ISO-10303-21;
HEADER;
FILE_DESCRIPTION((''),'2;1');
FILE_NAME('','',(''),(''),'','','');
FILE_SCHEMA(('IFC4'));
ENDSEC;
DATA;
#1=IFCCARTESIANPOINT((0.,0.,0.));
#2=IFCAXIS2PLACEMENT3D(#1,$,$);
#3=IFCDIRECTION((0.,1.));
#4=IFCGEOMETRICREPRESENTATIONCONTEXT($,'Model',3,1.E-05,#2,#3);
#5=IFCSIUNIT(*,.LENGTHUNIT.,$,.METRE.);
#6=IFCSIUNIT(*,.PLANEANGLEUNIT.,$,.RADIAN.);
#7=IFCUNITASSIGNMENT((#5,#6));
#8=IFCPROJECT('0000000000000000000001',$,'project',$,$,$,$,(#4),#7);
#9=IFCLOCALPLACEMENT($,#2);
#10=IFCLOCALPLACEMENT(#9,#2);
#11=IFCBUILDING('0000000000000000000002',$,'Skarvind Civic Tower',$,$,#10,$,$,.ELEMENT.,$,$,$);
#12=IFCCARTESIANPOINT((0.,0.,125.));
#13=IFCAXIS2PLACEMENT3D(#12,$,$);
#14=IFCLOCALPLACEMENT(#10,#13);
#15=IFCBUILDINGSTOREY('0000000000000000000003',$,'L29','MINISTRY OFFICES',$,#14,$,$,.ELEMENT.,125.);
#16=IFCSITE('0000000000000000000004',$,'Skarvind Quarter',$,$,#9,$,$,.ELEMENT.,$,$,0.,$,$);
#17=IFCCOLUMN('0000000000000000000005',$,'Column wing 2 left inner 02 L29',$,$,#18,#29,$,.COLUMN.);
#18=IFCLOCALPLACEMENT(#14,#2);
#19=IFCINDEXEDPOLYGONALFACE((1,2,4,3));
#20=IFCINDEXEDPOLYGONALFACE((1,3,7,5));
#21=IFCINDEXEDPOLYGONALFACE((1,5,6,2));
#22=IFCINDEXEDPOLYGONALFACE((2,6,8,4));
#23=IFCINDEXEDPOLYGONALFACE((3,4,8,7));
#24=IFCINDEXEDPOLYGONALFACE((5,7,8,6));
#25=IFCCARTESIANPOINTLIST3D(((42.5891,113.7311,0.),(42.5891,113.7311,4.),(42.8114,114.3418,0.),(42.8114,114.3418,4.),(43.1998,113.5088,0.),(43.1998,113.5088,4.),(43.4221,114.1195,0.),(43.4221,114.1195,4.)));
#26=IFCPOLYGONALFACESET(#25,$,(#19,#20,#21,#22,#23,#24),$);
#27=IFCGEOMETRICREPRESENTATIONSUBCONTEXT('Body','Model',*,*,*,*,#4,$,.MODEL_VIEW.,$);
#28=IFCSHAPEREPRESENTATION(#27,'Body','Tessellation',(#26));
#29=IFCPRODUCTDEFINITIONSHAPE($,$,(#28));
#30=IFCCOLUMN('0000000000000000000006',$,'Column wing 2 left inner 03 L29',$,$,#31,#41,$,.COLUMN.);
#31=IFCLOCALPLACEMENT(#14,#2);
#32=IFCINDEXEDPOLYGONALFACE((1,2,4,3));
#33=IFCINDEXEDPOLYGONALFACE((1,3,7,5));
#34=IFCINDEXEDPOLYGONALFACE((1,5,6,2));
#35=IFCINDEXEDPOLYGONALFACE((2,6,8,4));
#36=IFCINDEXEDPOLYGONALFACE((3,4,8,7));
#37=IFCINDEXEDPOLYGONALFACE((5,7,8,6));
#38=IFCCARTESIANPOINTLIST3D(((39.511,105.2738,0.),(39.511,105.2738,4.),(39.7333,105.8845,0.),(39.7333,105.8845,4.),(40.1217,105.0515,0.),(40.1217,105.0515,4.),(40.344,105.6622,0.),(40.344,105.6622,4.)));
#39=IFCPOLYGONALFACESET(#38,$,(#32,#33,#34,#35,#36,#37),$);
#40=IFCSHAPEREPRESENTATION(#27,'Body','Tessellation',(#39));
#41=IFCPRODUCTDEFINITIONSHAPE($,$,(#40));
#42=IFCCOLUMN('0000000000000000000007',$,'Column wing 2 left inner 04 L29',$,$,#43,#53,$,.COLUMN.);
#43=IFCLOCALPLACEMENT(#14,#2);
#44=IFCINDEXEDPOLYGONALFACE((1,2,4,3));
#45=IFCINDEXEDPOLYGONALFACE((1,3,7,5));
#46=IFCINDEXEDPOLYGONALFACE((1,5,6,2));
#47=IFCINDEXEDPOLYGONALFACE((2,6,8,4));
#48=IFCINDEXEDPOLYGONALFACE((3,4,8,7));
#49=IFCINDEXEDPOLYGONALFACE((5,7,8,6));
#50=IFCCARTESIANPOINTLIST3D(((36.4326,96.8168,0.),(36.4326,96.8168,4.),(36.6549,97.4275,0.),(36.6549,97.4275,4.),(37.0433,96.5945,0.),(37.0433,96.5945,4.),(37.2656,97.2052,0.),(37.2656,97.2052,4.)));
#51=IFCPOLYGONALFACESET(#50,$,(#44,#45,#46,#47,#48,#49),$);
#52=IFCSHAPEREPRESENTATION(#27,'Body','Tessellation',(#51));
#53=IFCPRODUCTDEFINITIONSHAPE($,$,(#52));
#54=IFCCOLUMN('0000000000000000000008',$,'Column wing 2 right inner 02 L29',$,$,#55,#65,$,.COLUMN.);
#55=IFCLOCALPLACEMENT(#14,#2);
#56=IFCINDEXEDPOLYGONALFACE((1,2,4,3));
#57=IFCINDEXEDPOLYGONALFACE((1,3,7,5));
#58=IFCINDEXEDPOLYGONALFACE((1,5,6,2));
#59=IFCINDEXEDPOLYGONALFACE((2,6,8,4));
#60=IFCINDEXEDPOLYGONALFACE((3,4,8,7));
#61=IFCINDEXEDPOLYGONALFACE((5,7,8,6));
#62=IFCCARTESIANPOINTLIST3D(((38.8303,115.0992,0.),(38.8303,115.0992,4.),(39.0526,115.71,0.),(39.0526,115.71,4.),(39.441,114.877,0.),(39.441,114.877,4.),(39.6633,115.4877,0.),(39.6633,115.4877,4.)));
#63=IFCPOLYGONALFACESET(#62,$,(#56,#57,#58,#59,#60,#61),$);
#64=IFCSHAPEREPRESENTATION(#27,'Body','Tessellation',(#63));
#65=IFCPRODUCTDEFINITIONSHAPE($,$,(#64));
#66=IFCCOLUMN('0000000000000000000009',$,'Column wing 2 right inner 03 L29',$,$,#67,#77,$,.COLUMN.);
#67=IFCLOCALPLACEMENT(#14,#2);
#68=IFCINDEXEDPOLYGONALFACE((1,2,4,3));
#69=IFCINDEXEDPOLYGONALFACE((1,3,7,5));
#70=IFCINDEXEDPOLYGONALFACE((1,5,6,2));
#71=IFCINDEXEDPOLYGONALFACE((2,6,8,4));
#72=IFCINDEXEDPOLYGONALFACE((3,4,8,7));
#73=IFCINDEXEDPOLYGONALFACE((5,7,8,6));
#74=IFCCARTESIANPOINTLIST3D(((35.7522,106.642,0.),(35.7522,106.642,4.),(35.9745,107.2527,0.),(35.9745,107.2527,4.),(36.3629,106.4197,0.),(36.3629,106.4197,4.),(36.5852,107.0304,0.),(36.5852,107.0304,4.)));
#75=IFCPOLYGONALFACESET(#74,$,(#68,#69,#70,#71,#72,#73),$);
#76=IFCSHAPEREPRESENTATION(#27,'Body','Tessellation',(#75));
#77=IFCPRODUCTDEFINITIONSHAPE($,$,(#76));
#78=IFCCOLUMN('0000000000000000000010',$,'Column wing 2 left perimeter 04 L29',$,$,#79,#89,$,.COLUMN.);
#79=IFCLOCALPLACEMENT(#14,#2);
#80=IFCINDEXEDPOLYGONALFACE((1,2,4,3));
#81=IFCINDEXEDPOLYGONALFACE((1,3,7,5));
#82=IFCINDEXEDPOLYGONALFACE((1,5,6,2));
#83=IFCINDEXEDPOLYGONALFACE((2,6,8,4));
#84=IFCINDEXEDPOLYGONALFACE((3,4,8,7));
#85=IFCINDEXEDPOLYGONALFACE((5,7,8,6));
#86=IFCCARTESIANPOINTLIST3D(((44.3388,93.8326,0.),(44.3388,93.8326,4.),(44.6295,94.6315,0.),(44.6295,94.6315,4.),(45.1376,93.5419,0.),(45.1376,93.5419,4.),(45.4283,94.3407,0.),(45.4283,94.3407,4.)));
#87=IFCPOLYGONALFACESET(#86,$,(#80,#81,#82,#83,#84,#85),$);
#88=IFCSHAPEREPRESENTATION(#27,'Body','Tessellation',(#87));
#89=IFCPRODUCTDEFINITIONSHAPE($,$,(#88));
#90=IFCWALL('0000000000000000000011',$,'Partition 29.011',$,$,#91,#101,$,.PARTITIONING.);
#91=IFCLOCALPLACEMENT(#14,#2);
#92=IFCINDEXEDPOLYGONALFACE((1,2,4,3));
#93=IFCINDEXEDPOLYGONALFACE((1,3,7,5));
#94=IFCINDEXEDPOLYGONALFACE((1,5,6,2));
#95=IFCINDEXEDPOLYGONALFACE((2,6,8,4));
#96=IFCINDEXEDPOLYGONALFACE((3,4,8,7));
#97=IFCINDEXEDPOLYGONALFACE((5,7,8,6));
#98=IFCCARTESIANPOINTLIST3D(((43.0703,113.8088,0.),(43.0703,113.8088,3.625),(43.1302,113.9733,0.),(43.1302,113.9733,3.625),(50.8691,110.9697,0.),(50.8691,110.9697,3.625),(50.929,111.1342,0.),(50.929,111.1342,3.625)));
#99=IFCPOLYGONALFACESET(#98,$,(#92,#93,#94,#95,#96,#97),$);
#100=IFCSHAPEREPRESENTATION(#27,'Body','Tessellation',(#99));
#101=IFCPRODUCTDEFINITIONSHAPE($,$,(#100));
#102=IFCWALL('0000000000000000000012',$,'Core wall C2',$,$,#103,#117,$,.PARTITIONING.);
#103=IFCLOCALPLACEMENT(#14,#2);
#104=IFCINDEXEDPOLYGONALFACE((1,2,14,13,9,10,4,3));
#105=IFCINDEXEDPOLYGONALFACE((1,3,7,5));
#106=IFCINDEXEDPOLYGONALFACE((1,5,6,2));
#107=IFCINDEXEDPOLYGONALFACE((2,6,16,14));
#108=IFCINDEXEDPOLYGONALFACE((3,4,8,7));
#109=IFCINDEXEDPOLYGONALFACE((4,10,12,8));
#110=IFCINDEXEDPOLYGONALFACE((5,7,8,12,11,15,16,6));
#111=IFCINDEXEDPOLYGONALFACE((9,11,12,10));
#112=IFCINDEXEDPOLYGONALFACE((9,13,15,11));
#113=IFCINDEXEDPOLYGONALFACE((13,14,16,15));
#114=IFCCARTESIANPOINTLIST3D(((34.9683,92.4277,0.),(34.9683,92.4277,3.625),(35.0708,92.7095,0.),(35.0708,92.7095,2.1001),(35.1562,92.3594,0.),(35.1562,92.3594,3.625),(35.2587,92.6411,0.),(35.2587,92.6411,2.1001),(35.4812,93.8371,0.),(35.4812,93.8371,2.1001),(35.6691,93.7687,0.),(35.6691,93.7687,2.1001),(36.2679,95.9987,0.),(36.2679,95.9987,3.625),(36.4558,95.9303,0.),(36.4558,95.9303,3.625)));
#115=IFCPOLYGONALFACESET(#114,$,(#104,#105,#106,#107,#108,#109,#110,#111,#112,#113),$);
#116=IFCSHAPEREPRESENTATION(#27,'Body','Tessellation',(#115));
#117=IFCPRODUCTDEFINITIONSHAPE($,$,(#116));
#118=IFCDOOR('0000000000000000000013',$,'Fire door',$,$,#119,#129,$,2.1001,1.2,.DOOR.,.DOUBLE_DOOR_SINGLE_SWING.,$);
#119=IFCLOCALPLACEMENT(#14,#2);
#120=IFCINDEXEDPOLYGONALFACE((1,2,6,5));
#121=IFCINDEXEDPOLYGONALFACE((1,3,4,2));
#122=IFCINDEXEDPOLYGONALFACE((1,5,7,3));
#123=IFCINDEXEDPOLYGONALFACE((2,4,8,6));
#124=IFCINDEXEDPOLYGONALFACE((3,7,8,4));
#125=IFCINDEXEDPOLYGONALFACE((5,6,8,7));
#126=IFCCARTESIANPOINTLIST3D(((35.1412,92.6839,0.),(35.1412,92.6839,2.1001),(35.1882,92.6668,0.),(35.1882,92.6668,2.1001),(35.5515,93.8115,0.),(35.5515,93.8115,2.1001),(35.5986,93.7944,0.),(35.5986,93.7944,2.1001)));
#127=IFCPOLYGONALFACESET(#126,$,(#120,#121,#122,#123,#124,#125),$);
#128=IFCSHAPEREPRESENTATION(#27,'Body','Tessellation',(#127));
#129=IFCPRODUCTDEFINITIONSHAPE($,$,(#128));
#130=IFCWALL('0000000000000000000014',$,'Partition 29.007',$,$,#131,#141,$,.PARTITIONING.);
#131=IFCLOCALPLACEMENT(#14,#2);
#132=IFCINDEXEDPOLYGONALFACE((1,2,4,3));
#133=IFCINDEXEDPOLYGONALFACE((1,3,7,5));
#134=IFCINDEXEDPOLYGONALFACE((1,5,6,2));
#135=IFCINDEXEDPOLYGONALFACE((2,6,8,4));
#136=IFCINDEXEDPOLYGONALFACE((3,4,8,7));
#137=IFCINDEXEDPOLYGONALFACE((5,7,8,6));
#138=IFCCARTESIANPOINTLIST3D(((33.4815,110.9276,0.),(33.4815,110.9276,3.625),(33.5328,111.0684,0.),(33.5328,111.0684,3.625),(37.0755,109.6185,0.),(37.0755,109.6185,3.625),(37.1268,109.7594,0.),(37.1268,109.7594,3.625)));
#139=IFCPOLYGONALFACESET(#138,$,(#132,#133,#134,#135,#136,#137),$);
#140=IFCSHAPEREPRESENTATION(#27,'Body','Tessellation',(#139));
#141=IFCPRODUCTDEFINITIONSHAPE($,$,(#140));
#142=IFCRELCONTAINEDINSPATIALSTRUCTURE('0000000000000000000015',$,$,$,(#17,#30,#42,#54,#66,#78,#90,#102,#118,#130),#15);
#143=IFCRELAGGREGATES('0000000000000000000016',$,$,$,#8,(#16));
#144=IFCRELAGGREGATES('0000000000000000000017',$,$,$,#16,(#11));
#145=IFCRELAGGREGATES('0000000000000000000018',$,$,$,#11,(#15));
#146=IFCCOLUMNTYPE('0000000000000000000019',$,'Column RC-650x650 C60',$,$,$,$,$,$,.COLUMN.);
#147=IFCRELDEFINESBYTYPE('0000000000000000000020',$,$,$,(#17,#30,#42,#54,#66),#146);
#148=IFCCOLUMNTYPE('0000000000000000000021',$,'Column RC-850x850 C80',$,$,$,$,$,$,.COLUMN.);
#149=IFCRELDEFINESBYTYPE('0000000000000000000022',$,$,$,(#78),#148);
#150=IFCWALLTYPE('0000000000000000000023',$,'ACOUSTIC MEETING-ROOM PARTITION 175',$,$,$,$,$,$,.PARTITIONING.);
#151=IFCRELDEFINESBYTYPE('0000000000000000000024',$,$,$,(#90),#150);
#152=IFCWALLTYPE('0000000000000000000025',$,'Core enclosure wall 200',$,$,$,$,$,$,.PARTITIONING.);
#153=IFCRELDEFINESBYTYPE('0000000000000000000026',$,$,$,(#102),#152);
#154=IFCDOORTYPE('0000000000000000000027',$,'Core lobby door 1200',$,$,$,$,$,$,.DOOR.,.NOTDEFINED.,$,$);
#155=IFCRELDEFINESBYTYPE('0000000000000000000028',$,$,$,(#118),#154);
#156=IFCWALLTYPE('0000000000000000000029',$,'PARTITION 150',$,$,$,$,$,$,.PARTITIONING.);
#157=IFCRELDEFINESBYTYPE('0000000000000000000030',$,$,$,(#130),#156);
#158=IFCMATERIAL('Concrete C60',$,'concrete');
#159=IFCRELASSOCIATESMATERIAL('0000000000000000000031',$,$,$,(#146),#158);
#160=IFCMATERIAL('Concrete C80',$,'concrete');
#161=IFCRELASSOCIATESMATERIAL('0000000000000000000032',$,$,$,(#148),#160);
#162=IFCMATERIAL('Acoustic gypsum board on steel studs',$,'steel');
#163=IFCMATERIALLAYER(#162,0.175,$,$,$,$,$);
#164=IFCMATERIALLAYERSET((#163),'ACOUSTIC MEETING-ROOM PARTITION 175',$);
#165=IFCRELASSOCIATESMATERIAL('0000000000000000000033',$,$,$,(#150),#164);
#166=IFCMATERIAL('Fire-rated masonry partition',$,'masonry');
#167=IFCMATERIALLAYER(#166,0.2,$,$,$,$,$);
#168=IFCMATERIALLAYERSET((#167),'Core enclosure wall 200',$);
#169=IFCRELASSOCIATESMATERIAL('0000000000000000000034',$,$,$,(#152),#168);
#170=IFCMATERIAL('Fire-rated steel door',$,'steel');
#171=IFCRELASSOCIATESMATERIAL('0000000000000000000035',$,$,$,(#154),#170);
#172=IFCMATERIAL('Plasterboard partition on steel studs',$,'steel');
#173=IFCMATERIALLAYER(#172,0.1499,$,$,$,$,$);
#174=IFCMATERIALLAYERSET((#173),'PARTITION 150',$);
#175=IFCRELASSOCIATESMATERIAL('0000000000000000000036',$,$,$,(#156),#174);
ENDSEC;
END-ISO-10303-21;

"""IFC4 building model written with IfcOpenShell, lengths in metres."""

from ifc_helpers import new_model, si_unit, direction, frame, frame_2d, origin, origin_2d, place, context, subcontext, project, spatial, rectangle, extrude, material, layer, layer_set, material_profile, profile_set, type_object, element, fill, save


model = new_model("IFC4")

# Units and contexts
model_context = context("Model", 3, precision=1e-05, world=origin(), true_north=direction((0.0, 1.0)))
body_context = subcontext(model_context, "Body", "Model", "MODEL_VIEW")
ifc_project = project(units=[si_unit("LENGTHUNIT", "METRE"), si_unit("PLANEANGLEUNIT", "RADIAN")], contexts=[model_context])

# Site, building, storey
site_placement = place(None, origin())
site = spatial("IfcSite", under=ifc_project, at=site_placement, Name="Skarvind Quarter", CompositionType="ELEMENT", RefElevation=0.0)
building_placement = place(site_placement, origin())
building = spatial("IfcBuilding", under=site, at=building_placement, Name="Skarvind Civic Tower", CompositionType="ELEMENT")
storey_placement = place(building_placement, frame((0.0, 0.0, 125.0)))
storey = spatial("IfcBuildingStorey", under=building, at=storey_placement, Name="L29", Description="MINISTRY OFFICES", CompositionType="ELEMENT", Elevation=125.0)

# Columns
ifc_material_1 = material(Name="Concrete C60", Category="concrete")
ifc_material_profile_1 = material_profile(ifc_material_1, rectangle(XDim=0.6499, YDim=0.6499, at=origin_2d()), Name="RC-650x650")
ifc_profile_set_1 = profile_set([ifc_material_profile_1], Name="Concrete C60")
column_type_1 = type_object("IfcColumnType", Name="Column RC-650x650 C60", PredefinedType="COLUMN", material=ifc_profile_set_1)
for number, where, z_axis, x_axis, name in (
    (1, (43.0056, 113.9253, 0.0), (0.0, 0.0, 1.0), (-0.34202, -0.939693, 0.0), "Column wing 2 left inner 02 L29"),
    (2, (39.9275, 105.468, 0.0), (0.0, 0.0, 1.0), (-0.34202, -0.939693, 0.0), "Column wing 2 left inner 03 L29"),
    (3, (36.8491, 97.011, 0.0), (0.0, 0.0, 1.0), (-0.34202, -0.939693, 0.0), "Column wing 2 left inner 04 L29"),
    (4, (39.2468, 115.2935, 0.0), (0.0, 0.0, 1.0), (-0.34202, -0.939693, 0.0), "Column wing 2 right inner 02 L29"),
    (5, (36.1687, 106.8362, 0.0), (0.0, 0.0, 1.0), (-0.34202, -0.939693, 0.0), "Column wing 2 right inner 03 L29"),
):
    element("IfcColumn", number, at=place(storey_placement, frame(where, z_axis=z_axis, x_axis=x_axis)), inside=storey, type_object=column_type_1, Name=name, PredefinedType="COLUMN", context=body_context, shape_type="SweptSolid", body=[
        extrude(rectangle(XDim=0.6499, YDim=0.6499, at=origin_2d()), origin(), (0.0, 0.0, 1.0), 4.0),
    ])
ifc_material_2 = material(Name="Concrete C80", Category="concrete")
ifc_material_profile_2 = material_profile(ifc_material_2, rectangle(XDim=0.8501, YDim=0.8501, at=origin_2d()), Name="RC-850x850")
ifc_profile_set_2 = profile_set([ifc_material_profile_2], Name="Concrete C80")
column_type_2 = type_object("IfcColumnType", Name="Column RC-850x850 C80", PredefinedType="COLUMN", material=ifc_profile_set_2)
column_placement = place(storey_placement, frame((44.8835, 94.0867, 0.0), z_axis=(0.0, 0.0, 1.0), x_axis=(-0.34202, -0.939693, 0.0)))
element("IfcColumn", 6, at=column_placement, inside=storey, type_object=column_type_2, Name="Column wing 2 left perimeter 04 L29", PredefinedType="COLUMN", context=body_context, shape_type="SweptSolid", body=[
    extrude(rectangle(XDim=0.8501, YDim=0.8501, at=origin_2d()), origin(), (0.0, 0.0, 1.0), 4.0),
])

# Wall
ifc_material_3 = material(Name="Acoustic gypsum board on steel studs", Category="steel")
ifc_layer_1 = layer(ifc_material_3, 0.175)
ifc_layer_set_1 = layer_set([ifc_layer_1], Name="ACOUSTIC MEETING-ROOM PARTITION 175")
wall_type_1 = type_object("IfcWallType", Name="ACOUSTIC MEETING-ROOM PARTITION 175", PredefinedType="PARTITIONING", material=ifc_layer_set_1)
wall_1_placement = place(storey_placement, frame((43.1001, 113.8911, 0.0), z_axis=(0.0, 0.0, 1.0), x_axis=(0.939671, -0.342081, 0.0)))
element("IfcWall", 7, at=wall_1_placement, inside=storey, type_object=wall_type_1, Name="Partition 29.011", PredefinedType="PARTITIONING", context=body_context, shape_type="SweptSolid", body=[
    extrude(rectangle(XDim=8.2996, YDim=0.175, at=frame_2d((4.1499, 0.0))), origin(), (0.0, 0.0, 1.0), 3.625),
])

# Wall, opening, door
ifc_material_4 = material(Name="Fire-rated masonry partition", Category="masonry")
ifc_layer_2 = layer(ifc_material_4, 0.2)
ifc_layer_set_2 = layer_set([ifc_layer_2], Name="Core enclosure wall 200")
wall_type_2 = type_object("IfcWallType", Name="Core enclosure wall 200", PredefinedType="PARTITIONING", material=ifc_layer_set_2)
wall_2_placement = place(storey_placement, frame((36.3618, 95.9644, 0.0), z_axis=(0.0, 0.0, 1.0), x_axis=(-0.341996, -0.939701, 0.0)))
wall_2 = element("IfcWall", 8, at=wall_2_placement, inside=storey, type_object=wall_type_2, Name="Core wall C2", PredefinedType="PARTITIONING", context=body_context, shape_type="SweptSolid", body=[
    extrude(rectangle(XDim=3.8, YDim=0.2, at=frame_2d((1.8999, 0.0))), origin(), (0.0, 0.0, 1.0), 3.625),
])
opening_1_placement = place(wall_2_placement, frame((2.3, 0.0, 0.0)))
opening_1 = element("IfcOpeningElement", 9, at=opening_1_placement, cuts=wall_2, PredefinedType="OPENING", context=body_context, shape_type="SweptSolid", body=[
    extrude(rectangle(XDim=1.2, YDim=2.1001, at=frame_2d((0.6001, 1.05))), frame((0.0, 0.1099, 0.0), z_axis=(0.0, -1.0, 0.0), x_axis=(1.0, 0.0, 0.0)), (0.0, 0.0, 1.0), 0.22),
])
ifc_material_5 = material(Name="Fire-rated steel door", Category="steel")
door_type_1 = type_object("IfcDoorType", Name="Core lobby door 1200", OperationType="NOTDEFINED", PredefinedType="DOOR", material=ifc_material_5)
door_1_placement = place(opening_1_placement, origin())
door_1 = element("IfcDoor", 10, at=door_1_placement, inside=storey, type_object=door_type_1, Name="Fire door", OperationType="DOUBLE_DOOR_SINGLE_SWING", OverallHeight=2.1001, OverallWidth=1.2, PredefinedType="DOOR", context=body_context, shape_type="SweptSolid", body=[
    extrude(rectangle(XDim=1.2, YDim=2.1001, at=frame_2d((0.6001, 1.05))), frame((0.0, 0.0249, 0.0), z_axis=(0.0, -1.0, 0.0), x_axis=(1.0, 0.0, 0.0)), (0.0, 0.0, 1.0), 0.05),
])
fill(opening_1, door_1)

# Wall
ifc_material_6 = material(Name="Plasterboard partition on steel studs", Category="steel")
ifc_layer_3 = layer(ifc_material_6, 0.1499)
ifc_layer_set_3 = layer_set([ifc_layer_3], Name="PARTITION 150")
wall_type_3 = type_object("IfcWallType", Name="PARTITION 150", PredefinedType="PARTITIONING", material=ifc_layer_set_3)
wall_3_placement = place(storey_placement, frame((33.5071, 110.998, 0.0), z_axis=(0.0, 0.0, 1.0), x_axis=(0.939611, -0.342245, 0.0)))
element("IfcWall", 11, at=wall_3_placement, inside=storey, type_object=wall_type_3, Name="Partition 29.007", PredefinedType="PARTITIONING", context=body_context, shape_type="SweptSolid", body=[
    extrude(rectangle(XDim=3.825, YDim=0.1499, at=frame_2d((1.9126, 0.0))), origin(), (0.0, 0.0, 1.0), 3.625),
])

save(model, "model.ifc")
